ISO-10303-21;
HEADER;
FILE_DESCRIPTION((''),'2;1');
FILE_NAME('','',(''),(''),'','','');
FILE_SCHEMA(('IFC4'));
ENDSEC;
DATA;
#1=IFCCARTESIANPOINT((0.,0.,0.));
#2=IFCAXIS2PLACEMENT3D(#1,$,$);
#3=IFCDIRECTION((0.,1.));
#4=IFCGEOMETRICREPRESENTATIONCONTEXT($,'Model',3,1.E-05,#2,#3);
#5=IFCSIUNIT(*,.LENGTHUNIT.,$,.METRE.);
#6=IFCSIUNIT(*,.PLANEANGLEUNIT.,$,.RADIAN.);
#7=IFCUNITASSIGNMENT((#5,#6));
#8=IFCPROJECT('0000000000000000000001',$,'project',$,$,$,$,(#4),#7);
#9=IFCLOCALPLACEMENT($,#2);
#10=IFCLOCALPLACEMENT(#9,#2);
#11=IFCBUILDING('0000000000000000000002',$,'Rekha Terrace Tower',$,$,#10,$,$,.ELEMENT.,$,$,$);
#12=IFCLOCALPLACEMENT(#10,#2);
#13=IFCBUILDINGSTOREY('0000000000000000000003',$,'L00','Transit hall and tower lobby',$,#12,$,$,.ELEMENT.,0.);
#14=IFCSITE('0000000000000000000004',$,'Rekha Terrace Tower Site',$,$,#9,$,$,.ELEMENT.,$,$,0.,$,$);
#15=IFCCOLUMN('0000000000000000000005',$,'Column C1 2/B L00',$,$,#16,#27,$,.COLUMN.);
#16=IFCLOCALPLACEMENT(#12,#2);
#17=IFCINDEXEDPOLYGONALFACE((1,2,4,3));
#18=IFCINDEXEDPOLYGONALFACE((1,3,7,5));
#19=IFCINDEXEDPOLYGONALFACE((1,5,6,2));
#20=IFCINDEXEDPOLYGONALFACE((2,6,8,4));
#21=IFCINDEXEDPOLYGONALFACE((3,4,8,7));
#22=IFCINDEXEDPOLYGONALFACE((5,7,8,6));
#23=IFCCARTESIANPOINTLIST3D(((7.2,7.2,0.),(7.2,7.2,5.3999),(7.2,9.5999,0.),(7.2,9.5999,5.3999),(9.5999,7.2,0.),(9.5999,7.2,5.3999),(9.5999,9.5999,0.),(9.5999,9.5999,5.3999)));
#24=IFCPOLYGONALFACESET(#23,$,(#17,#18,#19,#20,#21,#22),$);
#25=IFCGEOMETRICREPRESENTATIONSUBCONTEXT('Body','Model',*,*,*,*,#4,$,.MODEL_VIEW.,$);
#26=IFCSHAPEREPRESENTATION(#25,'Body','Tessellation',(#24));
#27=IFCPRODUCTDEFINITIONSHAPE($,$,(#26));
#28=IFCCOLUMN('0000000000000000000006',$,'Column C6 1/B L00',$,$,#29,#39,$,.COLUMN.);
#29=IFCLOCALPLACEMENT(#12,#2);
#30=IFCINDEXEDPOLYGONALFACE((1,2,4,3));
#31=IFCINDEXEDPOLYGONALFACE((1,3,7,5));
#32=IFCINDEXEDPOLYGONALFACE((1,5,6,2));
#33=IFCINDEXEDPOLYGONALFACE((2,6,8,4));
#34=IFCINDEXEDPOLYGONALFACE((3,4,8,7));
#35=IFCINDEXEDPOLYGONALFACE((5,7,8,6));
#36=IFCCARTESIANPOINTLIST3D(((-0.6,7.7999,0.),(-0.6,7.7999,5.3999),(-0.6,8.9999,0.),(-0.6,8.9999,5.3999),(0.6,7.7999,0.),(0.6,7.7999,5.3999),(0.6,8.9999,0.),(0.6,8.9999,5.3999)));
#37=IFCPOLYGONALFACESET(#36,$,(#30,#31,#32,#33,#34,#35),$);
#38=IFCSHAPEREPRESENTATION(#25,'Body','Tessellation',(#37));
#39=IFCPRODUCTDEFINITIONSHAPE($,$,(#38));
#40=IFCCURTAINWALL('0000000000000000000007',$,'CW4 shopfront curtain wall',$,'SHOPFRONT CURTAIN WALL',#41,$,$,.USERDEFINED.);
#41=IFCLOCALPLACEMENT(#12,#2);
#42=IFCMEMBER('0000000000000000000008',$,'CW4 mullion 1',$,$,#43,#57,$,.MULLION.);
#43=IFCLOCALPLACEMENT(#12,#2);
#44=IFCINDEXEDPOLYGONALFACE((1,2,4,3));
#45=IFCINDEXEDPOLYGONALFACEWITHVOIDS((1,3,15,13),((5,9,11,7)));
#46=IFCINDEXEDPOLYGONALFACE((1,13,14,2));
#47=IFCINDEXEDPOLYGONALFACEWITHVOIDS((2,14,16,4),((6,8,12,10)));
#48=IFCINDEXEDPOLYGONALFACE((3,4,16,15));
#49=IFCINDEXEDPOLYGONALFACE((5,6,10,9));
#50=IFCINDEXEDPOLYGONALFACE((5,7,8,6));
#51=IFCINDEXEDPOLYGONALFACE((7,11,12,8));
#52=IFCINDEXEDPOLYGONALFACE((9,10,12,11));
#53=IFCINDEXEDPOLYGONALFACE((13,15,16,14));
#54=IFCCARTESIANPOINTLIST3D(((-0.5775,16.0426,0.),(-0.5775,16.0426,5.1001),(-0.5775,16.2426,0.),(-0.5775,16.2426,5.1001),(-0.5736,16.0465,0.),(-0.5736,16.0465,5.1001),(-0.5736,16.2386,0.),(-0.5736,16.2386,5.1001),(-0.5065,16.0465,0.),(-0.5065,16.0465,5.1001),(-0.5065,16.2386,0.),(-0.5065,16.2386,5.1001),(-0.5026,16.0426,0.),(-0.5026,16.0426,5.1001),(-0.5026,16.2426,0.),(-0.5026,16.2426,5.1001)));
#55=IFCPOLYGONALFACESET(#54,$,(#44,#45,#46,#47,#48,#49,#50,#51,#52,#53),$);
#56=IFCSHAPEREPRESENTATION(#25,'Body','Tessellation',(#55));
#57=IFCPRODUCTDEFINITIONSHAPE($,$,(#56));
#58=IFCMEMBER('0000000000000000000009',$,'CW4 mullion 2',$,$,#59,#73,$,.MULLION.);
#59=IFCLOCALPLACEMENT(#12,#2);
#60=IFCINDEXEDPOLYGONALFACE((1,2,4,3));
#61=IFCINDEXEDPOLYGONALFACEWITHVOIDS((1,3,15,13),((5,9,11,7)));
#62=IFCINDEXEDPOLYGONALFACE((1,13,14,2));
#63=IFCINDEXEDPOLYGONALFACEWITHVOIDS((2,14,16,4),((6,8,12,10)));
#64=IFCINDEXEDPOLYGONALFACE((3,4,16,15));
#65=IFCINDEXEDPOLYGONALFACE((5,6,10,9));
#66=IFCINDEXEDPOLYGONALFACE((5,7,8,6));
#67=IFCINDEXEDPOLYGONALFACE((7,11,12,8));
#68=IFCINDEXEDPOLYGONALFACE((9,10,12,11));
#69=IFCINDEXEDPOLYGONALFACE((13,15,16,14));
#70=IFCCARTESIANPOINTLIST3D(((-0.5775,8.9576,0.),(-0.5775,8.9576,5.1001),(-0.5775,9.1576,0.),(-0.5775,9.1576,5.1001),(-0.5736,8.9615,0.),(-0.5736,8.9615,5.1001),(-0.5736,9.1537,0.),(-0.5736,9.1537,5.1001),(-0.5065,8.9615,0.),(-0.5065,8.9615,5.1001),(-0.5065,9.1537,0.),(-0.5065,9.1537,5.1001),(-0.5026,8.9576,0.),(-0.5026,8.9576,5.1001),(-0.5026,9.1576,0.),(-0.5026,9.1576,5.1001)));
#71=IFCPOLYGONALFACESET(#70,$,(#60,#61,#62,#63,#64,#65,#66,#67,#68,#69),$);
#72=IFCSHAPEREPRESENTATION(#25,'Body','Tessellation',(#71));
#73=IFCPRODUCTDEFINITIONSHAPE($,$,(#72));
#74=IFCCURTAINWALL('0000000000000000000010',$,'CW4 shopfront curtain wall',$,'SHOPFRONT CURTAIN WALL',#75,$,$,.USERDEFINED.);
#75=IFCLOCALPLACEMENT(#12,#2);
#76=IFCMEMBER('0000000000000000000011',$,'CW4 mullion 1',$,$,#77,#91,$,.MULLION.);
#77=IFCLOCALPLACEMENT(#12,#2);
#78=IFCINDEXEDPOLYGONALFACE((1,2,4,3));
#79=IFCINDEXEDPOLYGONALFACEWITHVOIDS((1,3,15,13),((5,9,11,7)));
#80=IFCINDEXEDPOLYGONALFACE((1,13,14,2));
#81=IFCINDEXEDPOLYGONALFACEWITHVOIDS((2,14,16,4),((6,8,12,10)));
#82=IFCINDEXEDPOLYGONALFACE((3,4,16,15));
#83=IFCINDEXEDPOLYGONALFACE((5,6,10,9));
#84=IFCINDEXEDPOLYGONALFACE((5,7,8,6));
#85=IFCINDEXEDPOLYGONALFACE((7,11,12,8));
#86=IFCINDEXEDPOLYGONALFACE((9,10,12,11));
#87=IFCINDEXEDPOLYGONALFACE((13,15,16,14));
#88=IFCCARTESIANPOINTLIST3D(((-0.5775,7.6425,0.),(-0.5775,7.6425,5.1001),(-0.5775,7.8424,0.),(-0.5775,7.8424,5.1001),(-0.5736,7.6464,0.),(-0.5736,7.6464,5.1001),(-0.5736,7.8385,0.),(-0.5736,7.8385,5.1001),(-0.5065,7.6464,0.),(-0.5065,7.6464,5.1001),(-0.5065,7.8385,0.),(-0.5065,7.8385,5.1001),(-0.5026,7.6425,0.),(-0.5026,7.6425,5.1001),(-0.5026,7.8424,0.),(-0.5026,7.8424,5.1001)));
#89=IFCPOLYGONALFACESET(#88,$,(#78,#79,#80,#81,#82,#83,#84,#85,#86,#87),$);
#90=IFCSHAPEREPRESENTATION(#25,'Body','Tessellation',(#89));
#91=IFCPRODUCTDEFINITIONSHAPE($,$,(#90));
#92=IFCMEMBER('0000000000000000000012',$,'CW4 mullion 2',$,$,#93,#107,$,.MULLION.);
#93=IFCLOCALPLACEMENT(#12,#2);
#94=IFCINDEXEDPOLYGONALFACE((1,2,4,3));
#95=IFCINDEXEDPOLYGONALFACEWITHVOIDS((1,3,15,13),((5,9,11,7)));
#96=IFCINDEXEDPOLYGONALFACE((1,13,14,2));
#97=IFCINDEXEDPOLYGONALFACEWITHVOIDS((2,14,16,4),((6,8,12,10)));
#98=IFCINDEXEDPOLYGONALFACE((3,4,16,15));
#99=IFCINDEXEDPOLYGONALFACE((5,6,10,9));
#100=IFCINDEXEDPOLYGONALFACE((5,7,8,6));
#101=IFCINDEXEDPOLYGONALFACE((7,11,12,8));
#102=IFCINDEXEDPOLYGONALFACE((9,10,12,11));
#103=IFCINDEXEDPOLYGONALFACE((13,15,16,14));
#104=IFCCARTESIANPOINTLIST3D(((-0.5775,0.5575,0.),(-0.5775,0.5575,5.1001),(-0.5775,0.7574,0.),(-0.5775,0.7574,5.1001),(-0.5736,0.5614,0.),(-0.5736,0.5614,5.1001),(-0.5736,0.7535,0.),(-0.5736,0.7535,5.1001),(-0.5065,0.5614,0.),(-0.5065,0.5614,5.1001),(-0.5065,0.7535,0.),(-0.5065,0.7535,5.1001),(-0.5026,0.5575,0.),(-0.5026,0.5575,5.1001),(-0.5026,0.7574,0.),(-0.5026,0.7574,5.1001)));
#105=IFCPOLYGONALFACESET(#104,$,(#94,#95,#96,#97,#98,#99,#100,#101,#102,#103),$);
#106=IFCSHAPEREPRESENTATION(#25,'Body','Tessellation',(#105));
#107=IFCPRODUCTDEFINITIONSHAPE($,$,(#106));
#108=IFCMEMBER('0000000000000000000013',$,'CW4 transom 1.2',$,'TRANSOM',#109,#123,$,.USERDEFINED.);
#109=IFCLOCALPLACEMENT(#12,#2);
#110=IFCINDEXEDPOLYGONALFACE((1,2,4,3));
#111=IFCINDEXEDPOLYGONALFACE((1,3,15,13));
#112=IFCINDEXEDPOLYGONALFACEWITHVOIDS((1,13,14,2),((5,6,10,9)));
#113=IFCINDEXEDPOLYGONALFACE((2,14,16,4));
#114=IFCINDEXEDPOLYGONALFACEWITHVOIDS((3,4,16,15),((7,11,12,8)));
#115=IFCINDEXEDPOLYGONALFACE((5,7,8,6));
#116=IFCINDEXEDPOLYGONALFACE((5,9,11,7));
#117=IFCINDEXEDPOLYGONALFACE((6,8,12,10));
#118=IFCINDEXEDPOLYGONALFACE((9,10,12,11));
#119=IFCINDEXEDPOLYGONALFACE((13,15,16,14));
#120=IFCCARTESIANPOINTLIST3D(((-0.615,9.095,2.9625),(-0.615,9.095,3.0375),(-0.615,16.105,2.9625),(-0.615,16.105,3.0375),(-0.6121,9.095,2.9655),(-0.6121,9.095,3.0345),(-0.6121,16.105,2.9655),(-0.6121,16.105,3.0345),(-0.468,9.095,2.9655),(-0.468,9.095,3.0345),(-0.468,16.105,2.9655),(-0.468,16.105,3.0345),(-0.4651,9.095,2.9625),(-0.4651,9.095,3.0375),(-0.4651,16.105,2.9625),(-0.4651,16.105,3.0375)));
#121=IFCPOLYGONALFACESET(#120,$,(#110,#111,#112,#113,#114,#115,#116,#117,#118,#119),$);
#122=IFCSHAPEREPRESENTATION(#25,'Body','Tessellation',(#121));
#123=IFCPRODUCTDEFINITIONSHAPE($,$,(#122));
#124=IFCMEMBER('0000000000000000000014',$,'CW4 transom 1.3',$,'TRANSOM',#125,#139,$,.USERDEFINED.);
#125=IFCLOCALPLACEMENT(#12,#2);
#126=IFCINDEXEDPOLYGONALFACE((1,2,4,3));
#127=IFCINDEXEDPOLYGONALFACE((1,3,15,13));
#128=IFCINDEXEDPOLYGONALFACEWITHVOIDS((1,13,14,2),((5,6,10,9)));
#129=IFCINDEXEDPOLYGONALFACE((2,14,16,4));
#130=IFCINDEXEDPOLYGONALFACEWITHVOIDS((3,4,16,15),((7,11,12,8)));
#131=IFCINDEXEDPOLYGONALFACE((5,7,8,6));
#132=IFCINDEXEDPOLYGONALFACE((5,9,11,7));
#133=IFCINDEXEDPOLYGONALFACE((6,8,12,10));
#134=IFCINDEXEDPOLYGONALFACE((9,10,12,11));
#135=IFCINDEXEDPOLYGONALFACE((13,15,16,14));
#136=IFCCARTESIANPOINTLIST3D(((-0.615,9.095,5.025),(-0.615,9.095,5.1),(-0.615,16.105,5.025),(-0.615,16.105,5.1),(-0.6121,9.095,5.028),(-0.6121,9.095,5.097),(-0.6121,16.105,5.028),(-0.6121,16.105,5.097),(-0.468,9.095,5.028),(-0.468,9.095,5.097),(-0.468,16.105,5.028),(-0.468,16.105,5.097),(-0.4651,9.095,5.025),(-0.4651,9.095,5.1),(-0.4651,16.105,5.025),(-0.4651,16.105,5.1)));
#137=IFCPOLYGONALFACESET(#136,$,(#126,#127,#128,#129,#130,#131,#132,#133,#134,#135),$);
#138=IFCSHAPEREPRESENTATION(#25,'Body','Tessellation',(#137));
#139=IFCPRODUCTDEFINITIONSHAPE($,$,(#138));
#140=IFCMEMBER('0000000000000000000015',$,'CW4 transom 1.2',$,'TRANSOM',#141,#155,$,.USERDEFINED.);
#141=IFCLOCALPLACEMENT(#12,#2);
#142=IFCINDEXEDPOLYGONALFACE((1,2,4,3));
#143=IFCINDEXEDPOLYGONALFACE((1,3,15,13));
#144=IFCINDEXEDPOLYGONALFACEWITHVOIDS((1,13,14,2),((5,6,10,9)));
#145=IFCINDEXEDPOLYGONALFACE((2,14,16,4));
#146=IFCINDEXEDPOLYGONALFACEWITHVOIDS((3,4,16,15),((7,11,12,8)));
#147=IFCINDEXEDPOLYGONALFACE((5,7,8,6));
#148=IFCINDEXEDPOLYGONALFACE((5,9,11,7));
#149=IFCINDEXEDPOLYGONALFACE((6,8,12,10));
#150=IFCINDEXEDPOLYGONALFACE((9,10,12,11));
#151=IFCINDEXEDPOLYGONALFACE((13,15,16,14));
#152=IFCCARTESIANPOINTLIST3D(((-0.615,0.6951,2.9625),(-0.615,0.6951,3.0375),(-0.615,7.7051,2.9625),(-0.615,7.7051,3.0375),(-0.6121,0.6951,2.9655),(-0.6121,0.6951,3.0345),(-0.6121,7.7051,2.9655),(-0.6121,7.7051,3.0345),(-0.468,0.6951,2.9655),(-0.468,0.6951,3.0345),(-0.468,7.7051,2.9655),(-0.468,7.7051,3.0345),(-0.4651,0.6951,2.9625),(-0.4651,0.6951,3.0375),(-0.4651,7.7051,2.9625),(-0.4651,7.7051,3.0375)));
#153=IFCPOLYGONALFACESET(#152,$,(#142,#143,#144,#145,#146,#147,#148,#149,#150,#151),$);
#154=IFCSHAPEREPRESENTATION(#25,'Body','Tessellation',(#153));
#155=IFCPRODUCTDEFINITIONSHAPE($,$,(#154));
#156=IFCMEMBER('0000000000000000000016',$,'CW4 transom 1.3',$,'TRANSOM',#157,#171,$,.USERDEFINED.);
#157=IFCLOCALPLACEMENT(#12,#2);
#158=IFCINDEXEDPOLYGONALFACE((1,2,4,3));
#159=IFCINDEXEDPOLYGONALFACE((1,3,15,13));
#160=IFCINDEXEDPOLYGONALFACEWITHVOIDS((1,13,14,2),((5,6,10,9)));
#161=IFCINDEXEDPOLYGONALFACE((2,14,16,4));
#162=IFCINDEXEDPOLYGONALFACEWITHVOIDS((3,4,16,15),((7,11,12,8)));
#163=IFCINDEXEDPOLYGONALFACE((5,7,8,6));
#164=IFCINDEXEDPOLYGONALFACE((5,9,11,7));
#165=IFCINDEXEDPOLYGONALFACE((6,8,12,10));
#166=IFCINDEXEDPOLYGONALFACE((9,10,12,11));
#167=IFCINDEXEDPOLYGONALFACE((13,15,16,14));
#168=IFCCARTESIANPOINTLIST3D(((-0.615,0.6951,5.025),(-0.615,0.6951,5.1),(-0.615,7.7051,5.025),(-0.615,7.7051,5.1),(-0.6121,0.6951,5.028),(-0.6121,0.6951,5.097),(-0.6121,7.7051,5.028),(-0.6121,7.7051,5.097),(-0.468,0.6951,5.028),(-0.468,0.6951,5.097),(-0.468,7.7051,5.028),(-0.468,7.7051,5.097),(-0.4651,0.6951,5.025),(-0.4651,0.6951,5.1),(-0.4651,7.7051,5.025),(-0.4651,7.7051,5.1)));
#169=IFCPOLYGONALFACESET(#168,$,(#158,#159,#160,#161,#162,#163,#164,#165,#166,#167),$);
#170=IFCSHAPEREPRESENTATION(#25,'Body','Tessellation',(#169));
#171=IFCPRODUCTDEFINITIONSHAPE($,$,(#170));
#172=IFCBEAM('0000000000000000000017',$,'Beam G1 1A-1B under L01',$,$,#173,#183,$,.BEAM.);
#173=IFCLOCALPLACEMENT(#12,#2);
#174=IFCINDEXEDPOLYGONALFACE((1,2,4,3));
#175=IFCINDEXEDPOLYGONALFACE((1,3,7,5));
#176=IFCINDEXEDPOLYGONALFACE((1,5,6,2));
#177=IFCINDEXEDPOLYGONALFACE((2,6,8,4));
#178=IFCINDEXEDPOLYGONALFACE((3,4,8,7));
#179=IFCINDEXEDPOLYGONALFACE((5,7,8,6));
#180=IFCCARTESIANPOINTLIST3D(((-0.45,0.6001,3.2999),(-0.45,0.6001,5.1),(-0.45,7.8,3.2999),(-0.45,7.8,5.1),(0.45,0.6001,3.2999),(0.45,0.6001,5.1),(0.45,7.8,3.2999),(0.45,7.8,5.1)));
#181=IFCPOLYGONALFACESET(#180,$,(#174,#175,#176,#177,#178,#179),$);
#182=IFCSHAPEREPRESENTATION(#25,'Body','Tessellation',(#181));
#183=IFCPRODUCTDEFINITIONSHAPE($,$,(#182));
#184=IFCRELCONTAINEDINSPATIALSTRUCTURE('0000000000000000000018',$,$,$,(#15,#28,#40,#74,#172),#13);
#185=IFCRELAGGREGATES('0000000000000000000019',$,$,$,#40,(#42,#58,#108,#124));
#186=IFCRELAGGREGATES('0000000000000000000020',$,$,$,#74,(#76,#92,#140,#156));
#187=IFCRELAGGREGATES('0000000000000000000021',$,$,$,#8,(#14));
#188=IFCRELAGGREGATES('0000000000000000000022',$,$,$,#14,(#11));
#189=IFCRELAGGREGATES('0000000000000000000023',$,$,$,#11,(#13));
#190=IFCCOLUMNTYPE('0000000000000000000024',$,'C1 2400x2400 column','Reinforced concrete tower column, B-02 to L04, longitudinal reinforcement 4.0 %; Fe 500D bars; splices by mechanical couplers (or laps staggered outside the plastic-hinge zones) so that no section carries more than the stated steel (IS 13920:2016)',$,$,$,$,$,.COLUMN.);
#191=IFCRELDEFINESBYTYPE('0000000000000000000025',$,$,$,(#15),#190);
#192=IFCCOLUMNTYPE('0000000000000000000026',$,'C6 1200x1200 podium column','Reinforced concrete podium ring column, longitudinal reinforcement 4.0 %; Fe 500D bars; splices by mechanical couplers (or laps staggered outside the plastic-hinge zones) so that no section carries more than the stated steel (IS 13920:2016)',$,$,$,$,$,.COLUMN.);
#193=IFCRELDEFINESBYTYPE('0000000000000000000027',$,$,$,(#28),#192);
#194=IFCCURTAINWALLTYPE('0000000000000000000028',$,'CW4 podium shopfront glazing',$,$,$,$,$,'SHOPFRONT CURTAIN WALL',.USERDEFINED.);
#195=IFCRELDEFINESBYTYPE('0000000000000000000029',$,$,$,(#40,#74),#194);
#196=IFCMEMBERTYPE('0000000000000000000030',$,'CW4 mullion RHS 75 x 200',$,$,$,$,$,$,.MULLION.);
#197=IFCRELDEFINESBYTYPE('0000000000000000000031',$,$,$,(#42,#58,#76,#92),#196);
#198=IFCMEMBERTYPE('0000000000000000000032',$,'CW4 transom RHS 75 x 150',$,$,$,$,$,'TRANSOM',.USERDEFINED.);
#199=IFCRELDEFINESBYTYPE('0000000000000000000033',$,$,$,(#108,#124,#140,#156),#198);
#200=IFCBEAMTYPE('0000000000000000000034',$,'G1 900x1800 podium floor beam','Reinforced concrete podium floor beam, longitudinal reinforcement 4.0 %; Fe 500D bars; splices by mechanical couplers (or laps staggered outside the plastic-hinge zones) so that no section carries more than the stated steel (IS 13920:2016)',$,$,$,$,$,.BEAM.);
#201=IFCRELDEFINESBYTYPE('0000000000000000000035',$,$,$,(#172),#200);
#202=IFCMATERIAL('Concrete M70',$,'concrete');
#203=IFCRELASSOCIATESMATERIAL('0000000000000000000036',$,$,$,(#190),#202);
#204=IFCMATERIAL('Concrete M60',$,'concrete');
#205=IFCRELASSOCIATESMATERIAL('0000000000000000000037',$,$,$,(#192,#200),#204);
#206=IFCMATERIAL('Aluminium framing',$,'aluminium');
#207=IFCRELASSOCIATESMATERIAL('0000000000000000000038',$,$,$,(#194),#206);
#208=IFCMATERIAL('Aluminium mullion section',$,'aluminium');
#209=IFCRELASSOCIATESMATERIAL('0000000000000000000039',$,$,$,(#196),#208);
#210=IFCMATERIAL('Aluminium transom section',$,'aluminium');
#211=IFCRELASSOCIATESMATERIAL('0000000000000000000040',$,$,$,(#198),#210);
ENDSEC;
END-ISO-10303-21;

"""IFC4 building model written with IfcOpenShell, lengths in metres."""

from ifc_helpers import new_model, si_unit, direction, frame, origin, origin_2d, place, context, subcontext, project, spatial, rectangle, hollow_rectangle, extrude, material, material_profile, profile_set, type_object, element, aggregate, save


model = new_model("IFC4")

# Units and contexts
model_context = context("Model", 3, precision=1e-05, world=origin(), true_north=direction((0.0, 1.0)))
body_context = subcontext(model_context, "Body", "Model", "MODEL_VIEW")
ifc_project = project(units=[si_unit("LENGTHUNIT", "METRE"), si_unit("PLANEANGLEUNIT", "RADIAN")], contexts=[model_context])

# Site, building, storey
site_placement = place(None, origin())
site = spatial("IfcSite", under=ifc_project, at=site_placement, Name="Rekha Terrace Tower Site", CompositionType="ELEMENT", RefElevation=0.0)
building_placement = place(site_placement, origin())
building = spatial("IfcBuilding", under=site, at=building_placement, Name="Rekha Terrace Tower", CompositionType="ELEMENT")
storey_placement = place(building_placement, origin())
storey = spatial("IfcBuildingStorey", under=building, at=storey_placement, Name="L00", Description="Transit hall and tower lobby", CompositionType="ELEMENT", Elevation=0.0)

# Columns
ifc_material_1 = material(Name="Concrete M70", Category="concrete")
ifc_material_profile_1 = material_profile(ifc_material_1, rectangle(XDim=2.3999, YDim=2.3999, at=origin_2d()), Name="RC 2400x2400")
ifc_profile_set_1 = profile_set([ifc_material_profile_1], Name="Concrete M70")
column_type_1 = type_object("IfcColumnType", Name="C1 2400x2400 column", Description="Reinforced concrete tower column, B-02 to L04, longitudinal reinforcement 4.0 %; Fe 500D bars; splices by mechanical couplers (or laps staggered outside the plastic-hinge zones) so that no section carries more than the stated steel (IS 13920:2016)", PredefinedType="COLUMN", material=ifc_profile_set_1)
column_1_placement = place(storey_placement, frame((8.3999, 8.3999, 0.0), z_axis=(0.0, 0.0, 1.0), x_axis=(1.0, 0.0, 0.0)))
element("IfcColumn", 1, at=column_1_placement, inside=storey, type_object=column_type_1, Name="Column C1 2/B L00", PredefinedType="COLUMN", context=body_context, shape_type="SweptSolid", body=[
    extrude(rectangle(XDim=2.3999, YDim=2.3999, at=origin_2d()), origin(), (0.0, 0.0, 1.0), 5.3999),
])
ifc_material_2 = material(Name="Concrete M60", Category="concrete")
ifc_material_profile_2 = material_profile(ifc_material_2, rectangle(XDim=1.2, YDim=1.2, at=origin_2d()), Name="RC 1200x1200")
ifc_profile_set_2 = profile_set([ifc_material_profile_2], Name="Concrete M60")
column_type_2 = type_object("IfcColumnType", Name="C6 1200x1200 podium column", Description="Reinforced concrete podium ring column, longitudinal reinforcement 4.0 %; Fe 500D bars; splices by mechanical couplers (or laps staggered outside the plastic-hinge zones) so that no section carries more than the stated steel (IS 13920:2016)", PredefinedType="COLUMN", material=ifc_profile_set_2)
column_2_placement = place(storey_placement, frame((0.0, 8.3999, 0.0), z_axis=(0.0, 0.0, 1.0), x_axis=(1.0, 0.0, 0.0)))
element("IfcColumn", 2, at=column_2_placement, inside=storey, type_object=column_type_2, Name="Column C6 1/B L00", PredefinedType="COLUMN", context=body_context, shape_type="SweptSolid", body=[
    extrude(rectangle(XDim=1.2, YDim=1.2, at=origin_2d()), origin(), (0.0, 0.0, 1.0), 5.3999),
])

# Curtain walls, members
ifc_material_3 = material(Name="Aluminium framing", Category="aluminium")
curtain_wall_type = type_object("IfcCurtainWallType", Name="CW4 podium shopfront glazing", ElementType="SHOPFRONT CURTAIN WALL", PredefinedType="USERDEFINED", material=ifc_material_3)
curtain_wall_1_placement = place(storey_placement, origin())
curtain_wall_1 = element("IfcCurtainWall", 3, at=curtain_wall_1_placement, inside=storey, type_object=curtain_wall_type, Name="CW4 shopfront curtain wall", ObjectType="SHOPFRONT CURTAIN WALL", PredefinedType="USERDEFINED")
ifc_material_4 = material(Name="Aluminium mullion section", Category="aluminium")
ifc_material_profile_3 = material_profile(ifc_material_4, hollow_rectangle(XDim=0.075, YDim=0.2, WallThickness=0.0039, at=origin_2d()), Name="AL RHS 75x200")
ifc_profile_set_3 = profile_set([ifc_material_profile_3], Name="Aluminium mullion section")
member_type_1 = type_object("IfcMemberType", Name="CW4 mullion RHS 75 x 200", PredefinedType="MULLION", material=ifc_profile_set_3)
member_1_placement = place(storey_placement, frame((-0.54, 16.1426, 0.0), z_axis=(0.0, 0.0, 1.0), x_axis=(1.0, 0.0, 0.0)))
member_1 = element("IfcMember", 4, at=member_1_placement, type_object=member_type_1, Name="CW4 mullion 1", PredefinedType="MULLION", context=body_context, shape_type="SweptSolid", body=[
    extrude(hollow_rectangle(XDim=0.075, YDim=0.2, WallThickness=0.0039, at=origin_2d()), origin(), (0.0, 0.0, 1.0), 5.1001),
])
member_2_placement = place(storey_placement, frame((-0.54, 9.0576, 0.0), z_axis=(0.0, 0.0, 1.0), x_axis=(1.0, 0.0, 0.0)))
member_2 = element("IfcMember", 5, at=member_2_placement, type_object=member_type_1, Name="CW4 mullion 2", PredefinedType="MULLION", context=body_context, shape_type="SweptSolid", body=[
    extrude(hollow_rectangle(XDim=0.075, YDim=0.2, WallThickness=0.0039, at=origin_2d()), origin(), (0.0, 0.0, 1.0), 5.1001),
])
curtain_wall_2_placement = place(storey_placement, origin())
curtain_wall_2 = element("IfcCurtainWall", 6, at=curtain_wall_2_placement, inside=storey, type_object=curtain_wall_type, Name="CW4 shopfront curtain wall", ObjectType="SHOPFRONT CURTAIN WALL", PredefinedType="USERDEFINED")
member_3_placement = place(storey_placement, frame((-0.54, 7.7424, 0.0), z_axis=(0.0, 0.0, 1.0), x_axis=(1.0, 0.0, 0.0)))
member_3 = element("IfcMember", 7, at=member_3_placement, type_object=member_type_1, Name="CW4 mullion 1", PredefinedType="MULLION", context=body_context, shape_type="SweptSolid", body=[
    extrude(hollow_rectangle(XDim=0.075, YDim=0.2, WallThickness=0.0039, at=origin_2d()), origin(), (0.0, 0.0, 1.0), 5.1001),
])
member_4_placement = place(storey_placement, frame((-0.54, 0.6575, 0.0), z_axis=(0.0, 0.0, 1.0), x_axis=(1.0, 0.0, 0.0)))
member_4 = element("IfcMember", 8, at=member_4_placement, type_object=member_type_1, Name="CW4 mullion 2", PredefinedType="MULLION", context=body_context, shape_type="SweptSolid", body=[
    extrude(hollow_rectangle(XDim=0.075, YDim=0.2, WallThickness=0.0039, at=origin_2d()), origin(), (0.0, 0.0, 1.0), 5.1001),
])

# Members
ifc_material_5 = material(Name="Aluminium transom section", Category="aluminium")
ifc_material_profile_4 = material_profile(ifc_material_5, hollow_rectangle(XDim=0.1499, YDim=0.075, WallThickness=0.0029, at=origin_2d()), Name="AL RHS 150x75")
ifc_profile_set_4 = profile_set([ifc_material_profile_4], Name="Aluminium transom section")
member_type_2 = type_object("IfcMemberType", Name="CW4 transom RHS 75 x 150", ElementType="TRANSOM", PredefinedType="USERDEFINED", material=ifc_profile_set_4)
member_5_placement = place(storey_placement, frame((-0.54, 16.105, 3.0), z_axis=(0.0, -1.0, 0.0), x_axis=(1.0, 0.0, 0.0)))
member_5 = element("IfcMember", 9, at=member_5_placement, type_object=member_type_2, Name="CW4 transom 1.2", ObjectType="TRANSOM", PredefinedType="USERDEFINED", context=body_context, shape_type="SweptSolid", body=[
    extrude(hollow_rectangle(XDim=0.1499, YDim=0.075, WallThickness=0.0029, at=origin_2d()), origin(), (0.0, 0.0, 1.0), 7.01),
])
member_6_placement = place(storey_placement, frame((-0.54, 16.105, 5.0625), z_axis=(0.0, -1.0, 0.0), x_axis=(1.0, 0.0, 0.0)))
member_6 = element("IfcMember", 10, at=member_6_placement, type_object=member_type_2, Name="CW4 transom 1.3", ObjectType="TRANSOM", PredefinedType="USERDEFINED", context=body_context, shape_type="SweptSolid", body=[
    extrude(hollow_rectangle(XDim=0.1499, YDim=0.075, WallThickness=0.0029, at=origin_2d()), origin(), (0.0, 0.0, 1.0), 7.01),
])
member_7_placement = place(storey_placement, frame((-0.54, 7.7051, 3.0), z_axis=(0.0, -1.0, 0.0), x_axis=(1.0, 0.0, 0.0)))
member_7 = element("IfcMember", 11, at=member_7_placement, type_object=member_type_2, Name="CW4 transom 1.2", ObjectType="TRANSOM", PredefinedType="USERDEFINED", context=body_context, shape_type="SweptSolid", body=[
    extrude(hollow_rectangle(XDim=0.1499, YDim=0.075, WallThickness=0.0029, at=origin_2d()), origin(), (0.0, 0.0, 1.0), 7.01),
])
member_8_placement = place(storey_placement, frame((-0.54, 7.7051, 5.0625), z_axis=(0.0, -1.0, 0.0), x_axis=(1.0, 0.0, 0.0)))
member_8 = element("IfcMember", 12, at=member_8_placement, type_object=member_type_2, Name="CW4 transom 1.3", ObjectType="TRANSOM", PredefinedType="USERDEFINED", context=body_context, shape_type="SweptSolid", body=[
    extrude(hollow_rectangle(XDim=0.1499, YDim=0.075, WallThickness=0.0029, at=origin_2d()), origin(), (0.0, 0.0, 1.0), 7.01),
])

# Beam
ifc_material_profile_5 = material_profile(ifc_material_2, rectangle(XDim=0.8999, YDim=1.8, at=origin_2d()), Name="RC 900x1800")
ifc_profile_set_5 = profile_set([ifc_material_profile_5], Name="Concrete M60")
beam_type = type_object("IfcBeamType", Name="G1 900x1800 podium floor beam", Description="Reinforced concrete podium floor beam, longitudinal reinforcement 4.0 %; Fe 500D bars; splices by mechanical couplers (or laps staggered outside the plastic-hinge zones) so that no section carries more than the stated steel (IS 13920:2016)", PredefinedType="BEAM", material=ifc_profile_set_5)
beam_1_placement = place(storey_placement, frame((0.0, 0.6001, 4.2), z_axis=(0.0, 1.0, 0.0), x_axis=(-1.0, 0.0, 0.0)))
element("IfcBeam", 13, at=beam_1_placement, inside=storey, type_object=beam_type, Name="Beam G1 1A-1B under L01", PredefinedType="BEAM", context=body_context, shape_type="SweptSolid", body=[
    extrude(rectangle(XDim=0.8999, YDim=1.8, at=origin_2d()), origin(), (0.0, 0.0, 1.0), 7.2),
])

aggregate(curtain_wall_1, [member_1, member_2, member_5, member_6])
aggregate(curtain_wall_2, [member_3, member_4, member_7, member_8])

save(model, "model.ifc")
